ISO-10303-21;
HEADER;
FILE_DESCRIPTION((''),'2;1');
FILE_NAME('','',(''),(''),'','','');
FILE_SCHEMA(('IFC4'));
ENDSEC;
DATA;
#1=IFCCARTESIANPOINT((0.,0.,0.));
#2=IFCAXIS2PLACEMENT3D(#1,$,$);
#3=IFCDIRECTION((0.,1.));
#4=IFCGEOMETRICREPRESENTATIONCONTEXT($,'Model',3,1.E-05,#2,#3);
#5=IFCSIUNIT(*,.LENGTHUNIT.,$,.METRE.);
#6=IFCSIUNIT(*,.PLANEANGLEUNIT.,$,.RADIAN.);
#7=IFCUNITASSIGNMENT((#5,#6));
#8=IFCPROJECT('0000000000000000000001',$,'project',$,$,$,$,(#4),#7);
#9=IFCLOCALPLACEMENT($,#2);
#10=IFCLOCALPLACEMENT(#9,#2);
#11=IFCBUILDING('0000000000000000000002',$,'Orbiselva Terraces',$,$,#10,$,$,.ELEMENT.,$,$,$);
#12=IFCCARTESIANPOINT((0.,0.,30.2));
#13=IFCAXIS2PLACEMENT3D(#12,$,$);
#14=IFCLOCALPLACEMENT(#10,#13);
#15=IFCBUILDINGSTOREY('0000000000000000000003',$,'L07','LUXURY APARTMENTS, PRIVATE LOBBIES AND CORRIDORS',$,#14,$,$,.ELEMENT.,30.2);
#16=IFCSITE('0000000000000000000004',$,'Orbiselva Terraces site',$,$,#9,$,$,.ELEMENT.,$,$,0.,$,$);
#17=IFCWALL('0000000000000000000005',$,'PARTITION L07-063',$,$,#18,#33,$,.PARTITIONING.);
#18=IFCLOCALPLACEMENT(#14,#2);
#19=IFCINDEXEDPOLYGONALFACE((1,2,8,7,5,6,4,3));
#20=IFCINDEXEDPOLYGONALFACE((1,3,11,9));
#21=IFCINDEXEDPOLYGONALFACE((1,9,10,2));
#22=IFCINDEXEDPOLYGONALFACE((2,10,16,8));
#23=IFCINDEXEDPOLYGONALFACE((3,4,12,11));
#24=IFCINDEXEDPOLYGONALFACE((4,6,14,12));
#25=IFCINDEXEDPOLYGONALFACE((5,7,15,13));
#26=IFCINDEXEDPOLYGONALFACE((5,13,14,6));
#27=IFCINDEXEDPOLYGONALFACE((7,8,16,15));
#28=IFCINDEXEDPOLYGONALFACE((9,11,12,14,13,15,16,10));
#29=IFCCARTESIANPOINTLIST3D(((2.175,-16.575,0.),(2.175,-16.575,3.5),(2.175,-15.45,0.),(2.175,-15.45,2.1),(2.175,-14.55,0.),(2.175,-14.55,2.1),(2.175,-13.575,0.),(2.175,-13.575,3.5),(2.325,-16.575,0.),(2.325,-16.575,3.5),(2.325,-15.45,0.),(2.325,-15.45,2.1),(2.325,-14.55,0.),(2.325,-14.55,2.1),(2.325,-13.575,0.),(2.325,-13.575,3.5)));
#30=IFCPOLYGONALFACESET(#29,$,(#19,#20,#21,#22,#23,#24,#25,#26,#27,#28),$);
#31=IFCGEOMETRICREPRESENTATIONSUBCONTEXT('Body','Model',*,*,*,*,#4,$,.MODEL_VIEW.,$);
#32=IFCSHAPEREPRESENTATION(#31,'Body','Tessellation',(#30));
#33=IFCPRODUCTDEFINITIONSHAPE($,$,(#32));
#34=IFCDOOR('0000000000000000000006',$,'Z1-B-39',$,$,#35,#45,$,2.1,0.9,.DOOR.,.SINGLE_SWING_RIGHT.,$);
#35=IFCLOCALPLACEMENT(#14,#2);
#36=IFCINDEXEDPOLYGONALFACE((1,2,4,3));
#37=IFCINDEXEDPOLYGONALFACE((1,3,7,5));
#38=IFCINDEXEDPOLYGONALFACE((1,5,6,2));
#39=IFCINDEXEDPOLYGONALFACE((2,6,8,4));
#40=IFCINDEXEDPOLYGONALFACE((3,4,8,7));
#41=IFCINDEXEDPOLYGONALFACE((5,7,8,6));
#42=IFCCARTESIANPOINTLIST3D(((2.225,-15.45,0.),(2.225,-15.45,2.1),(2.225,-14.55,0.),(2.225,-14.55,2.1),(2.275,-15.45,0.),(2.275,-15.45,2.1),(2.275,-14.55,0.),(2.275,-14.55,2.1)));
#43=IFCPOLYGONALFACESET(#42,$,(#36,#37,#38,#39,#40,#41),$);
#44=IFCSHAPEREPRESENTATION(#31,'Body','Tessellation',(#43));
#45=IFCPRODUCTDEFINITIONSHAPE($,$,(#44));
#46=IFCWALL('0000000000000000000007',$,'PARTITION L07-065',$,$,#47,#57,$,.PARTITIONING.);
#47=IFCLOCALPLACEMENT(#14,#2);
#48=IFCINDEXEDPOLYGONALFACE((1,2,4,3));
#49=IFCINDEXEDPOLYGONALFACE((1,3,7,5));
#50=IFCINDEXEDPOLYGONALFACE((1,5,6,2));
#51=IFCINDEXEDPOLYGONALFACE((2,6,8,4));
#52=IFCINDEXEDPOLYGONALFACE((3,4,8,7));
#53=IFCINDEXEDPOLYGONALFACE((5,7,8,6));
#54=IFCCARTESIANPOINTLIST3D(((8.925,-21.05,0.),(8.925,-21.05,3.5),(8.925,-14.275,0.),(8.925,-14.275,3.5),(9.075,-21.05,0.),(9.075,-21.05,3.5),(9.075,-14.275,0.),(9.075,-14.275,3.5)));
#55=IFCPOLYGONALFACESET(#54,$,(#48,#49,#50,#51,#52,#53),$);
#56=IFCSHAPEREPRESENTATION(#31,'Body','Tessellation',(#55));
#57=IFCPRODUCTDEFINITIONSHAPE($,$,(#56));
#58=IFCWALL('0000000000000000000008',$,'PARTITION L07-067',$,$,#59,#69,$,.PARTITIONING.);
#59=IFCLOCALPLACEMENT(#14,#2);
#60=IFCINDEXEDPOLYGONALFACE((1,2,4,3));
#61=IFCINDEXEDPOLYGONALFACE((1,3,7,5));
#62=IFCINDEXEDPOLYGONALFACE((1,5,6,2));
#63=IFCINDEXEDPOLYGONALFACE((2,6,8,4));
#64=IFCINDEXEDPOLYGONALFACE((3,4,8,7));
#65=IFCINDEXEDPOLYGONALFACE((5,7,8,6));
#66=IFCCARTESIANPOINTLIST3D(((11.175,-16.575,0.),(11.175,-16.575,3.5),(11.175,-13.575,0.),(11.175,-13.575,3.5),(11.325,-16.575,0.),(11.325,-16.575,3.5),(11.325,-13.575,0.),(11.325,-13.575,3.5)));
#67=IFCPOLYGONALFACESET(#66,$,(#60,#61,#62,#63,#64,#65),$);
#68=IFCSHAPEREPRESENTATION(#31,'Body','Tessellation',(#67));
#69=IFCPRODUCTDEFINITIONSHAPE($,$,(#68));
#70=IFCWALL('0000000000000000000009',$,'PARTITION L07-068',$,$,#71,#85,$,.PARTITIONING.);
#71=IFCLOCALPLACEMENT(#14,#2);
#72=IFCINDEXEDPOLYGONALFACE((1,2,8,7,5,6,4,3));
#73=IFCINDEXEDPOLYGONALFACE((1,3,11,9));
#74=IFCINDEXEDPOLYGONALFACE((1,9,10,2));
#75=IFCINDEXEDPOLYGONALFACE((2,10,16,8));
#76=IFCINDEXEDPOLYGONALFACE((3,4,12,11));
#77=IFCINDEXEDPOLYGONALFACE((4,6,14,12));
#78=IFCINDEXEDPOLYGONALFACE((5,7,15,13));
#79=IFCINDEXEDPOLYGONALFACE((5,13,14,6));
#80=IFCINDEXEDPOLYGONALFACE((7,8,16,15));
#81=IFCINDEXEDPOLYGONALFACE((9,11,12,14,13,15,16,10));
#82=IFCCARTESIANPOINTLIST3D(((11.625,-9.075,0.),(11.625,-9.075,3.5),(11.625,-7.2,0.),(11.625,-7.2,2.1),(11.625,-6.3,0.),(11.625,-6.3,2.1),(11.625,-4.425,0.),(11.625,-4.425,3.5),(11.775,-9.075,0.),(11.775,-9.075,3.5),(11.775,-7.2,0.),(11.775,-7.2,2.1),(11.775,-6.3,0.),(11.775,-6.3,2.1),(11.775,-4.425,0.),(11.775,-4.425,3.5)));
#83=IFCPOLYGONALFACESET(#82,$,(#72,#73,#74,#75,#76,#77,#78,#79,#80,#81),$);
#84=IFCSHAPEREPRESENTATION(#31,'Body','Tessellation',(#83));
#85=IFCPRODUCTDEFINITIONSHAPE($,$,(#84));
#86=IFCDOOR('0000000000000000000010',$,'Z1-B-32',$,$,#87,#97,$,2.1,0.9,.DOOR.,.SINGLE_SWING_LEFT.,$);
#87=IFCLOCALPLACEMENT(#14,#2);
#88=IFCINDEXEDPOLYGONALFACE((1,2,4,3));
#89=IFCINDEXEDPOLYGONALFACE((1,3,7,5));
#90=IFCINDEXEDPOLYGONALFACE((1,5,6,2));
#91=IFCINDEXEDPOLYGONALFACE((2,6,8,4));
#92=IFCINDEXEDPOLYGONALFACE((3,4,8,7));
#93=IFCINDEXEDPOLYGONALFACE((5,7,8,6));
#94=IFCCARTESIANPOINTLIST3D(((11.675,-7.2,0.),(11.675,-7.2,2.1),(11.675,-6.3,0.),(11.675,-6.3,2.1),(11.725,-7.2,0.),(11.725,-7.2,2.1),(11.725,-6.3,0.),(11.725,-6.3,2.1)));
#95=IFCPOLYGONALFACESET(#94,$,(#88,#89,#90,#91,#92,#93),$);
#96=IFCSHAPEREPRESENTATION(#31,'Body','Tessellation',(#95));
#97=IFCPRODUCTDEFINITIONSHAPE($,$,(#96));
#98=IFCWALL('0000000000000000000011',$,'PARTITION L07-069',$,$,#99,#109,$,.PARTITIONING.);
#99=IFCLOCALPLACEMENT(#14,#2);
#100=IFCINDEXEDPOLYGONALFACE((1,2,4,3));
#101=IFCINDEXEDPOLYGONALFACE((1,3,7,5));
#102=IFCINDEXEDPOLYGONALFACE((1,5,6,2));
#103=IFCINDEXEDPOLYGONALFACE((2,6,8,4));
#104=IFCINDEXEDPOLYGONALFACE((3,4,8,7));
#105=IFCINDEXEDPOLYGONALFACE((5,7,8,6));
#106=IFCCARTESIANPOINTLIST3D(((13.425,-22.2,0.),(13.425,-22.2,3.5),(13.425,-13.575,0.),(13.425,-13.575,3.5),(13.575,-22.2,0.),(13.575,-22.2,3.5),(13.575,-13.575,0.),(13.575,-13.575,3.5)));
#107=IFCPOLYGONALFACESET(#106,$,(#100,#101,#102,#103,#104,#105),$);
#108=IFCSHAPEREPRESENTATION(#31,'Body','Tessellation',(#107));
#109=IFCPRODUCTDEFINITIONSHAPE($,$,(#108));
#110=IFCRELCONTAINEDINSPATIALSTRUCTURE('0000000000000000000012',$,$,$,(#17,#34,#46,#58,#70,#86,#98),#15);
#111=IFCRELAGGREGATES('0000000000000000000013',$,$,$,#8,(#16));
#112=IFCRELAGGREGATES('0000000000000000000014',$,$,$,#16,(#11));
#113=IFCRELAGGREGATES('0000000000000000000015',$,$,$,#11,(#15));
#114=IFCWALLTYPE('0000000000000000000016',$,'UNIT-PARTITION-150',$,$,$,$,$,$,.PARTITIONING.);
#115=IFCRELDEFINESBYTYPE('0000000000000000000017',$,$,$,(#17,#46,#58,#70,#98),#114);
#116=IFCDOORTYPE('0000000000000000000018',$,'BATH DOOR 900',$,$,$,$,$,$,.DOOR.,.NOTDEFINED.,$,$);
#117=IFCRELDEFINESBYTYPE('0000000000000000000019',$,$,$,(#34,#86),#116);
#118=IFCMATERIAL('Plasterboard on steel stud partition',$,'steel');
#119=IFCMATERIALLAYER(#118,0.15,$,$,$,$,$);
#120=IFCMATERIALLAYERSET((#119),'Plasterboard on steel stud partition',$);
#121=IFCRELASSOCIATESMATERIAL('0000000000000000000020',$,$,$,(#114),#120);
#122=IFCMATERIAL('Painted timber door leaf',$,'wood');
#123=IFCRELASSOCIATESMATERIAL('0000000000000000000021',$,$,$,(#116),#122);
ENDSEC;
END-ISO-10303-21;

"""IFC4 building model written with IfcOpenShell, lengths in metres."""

from ifc_helpers import new_model, si_unit, direction, frame, frame_2d, origin, place, context, subcontext, project, spatial, rectangle, extrude, material, layer, layer_set, type_object, element, fill, save


model = new_model("IFC4")

# Units and contexts
model_context = context("Model", 3, precision=1e-05, world=origin(), true_north=direction((0.0, 1.0)))
body_context = subcontext(model_context, "Body", "Model", "MODEL_VIEW")
ifc_project = project(units=[si_unit("LENGTHUNIT", "METRE"), si_unit("PLANEANGLEUNIT", "RADIAN")], contexts=[model_context])

# Site, building, storey
site_placement = place(None, origin())
site = spatial("IfcSite", under=ifc_project, at=site_placement, Name="Orbiselva Terraces site", CompositionType="ELEMENT", RefElevation=0.0)
building_placement = place(site_placement, origin())
building = spatial("IfcBuilding", under=site, at=building_placement, Name="Orbiselva Terraces", CompositionType="ELEMENT")
storey_placement = place(building_placement, frame((0.0, 0.0, 30.2)))
storey = spatial("IfcBuildingStorey", under=building, at=storey_placement, Name="L07", Description="LUXURY APARTMENTS, PRIVATE LOBBIES AND CORRIDORS", CompositionType="ELEMENT", Elevation=30.2)

# Shared definitions
ifc_material_1 = material(Name="Plasterboard on steel stud partition", Category="steel")
ifc_layer_1 = layer(ifc_material_1, 0.15)
ifc_layer_set_1 = layer_set([ifc_layer_1], Name="Plasterboard on steel stud partition")
wall_type_1 = type_object("IfcWallType", Name="UNIT-PARTITION-150", PredefinedType="PARTITIONING", material=ifc_layer_set_1)

# Shared definitions
ifc_material_2 = material(Name="Painted timber door leaf", Category="wood")
door_type_1 = type_object("IfcDoorType", Name="BATH DOOR 900", OperationType="NOTDEFINED", PredefinedType="DOOR", material=ifc_material_2)

# Wall, opening, door
wall_1_placement = place(storey_placement, frame((2.25, -16.575, 0.0), z_axis=(0.0, 0.0, 1.0), x_axis=(0.0, 1.0, 0.0)))
wall_1 = element("IfcWall", 1, at=wall_1_placement, inside=storey, type_object=wall_type_1, Name="PARTITION L07-063", PredefinedType="PARTITIONING", context=body_context, shape_type="SweptSolid", body=[
    extrude(rectangle(XDim=3.0, YDim=0.15, at=frame_2d((1.5, 0.0))), origin(), (0.0, 0.0, 1.0), 3.5),
])
opening_1_placement = place(wall_1_placement, frame((1.125, 0.0, 0.0)))
opening_1 = element("IfcOpeningElement", 2, at=opening_1_placement, cuts=wall_1, PredefinedType="OPENING", context=body_context, shape_type="SweptSolid", body=[
    extrude(rectangle(XDim=0.9, YDim=2.1, at=frame_2d((0.45, 1.05))), frame((0.0, 0.085, 0.0), z_axis=(0.0, -1.0, 0.0), x_axis=(1.0, 0.0, 0.0)), (0.0, 0.0, 1.0), 0.17),
])
door_1_placement = place(opening_1_placement, origin())
door_1 = element("IfcDoor", 3, at=door_1_placement, inside=storey, type_object=door_type_1, Name="Z1-B-39", OperationType="SINGLE_SWING_RIGHT", OverallHeight=2.1, OverallWidth=0.9, PredefinedType="DOOR", context=body_context, shape_type="SweptSolid", body=[
    extrude(rectangle(XDim=0.9, YDim=2.1, at=frame_2d((0.45, 1.05))), frame((0.0, 0.025, 0.0), z_axis=(0.0, -1.0, 0.0), x_axis=(1.0, 0.0, 0.0)), (0.0, 0.0, 1.0), 0.05),
])
fill(opening_1, door_1)

# Walls
wall_2_placement = place(storey_placement, frame((9.0, -21.05, 0.0), z_axis=(0.0, 0.0, 1.0), x_axis=(0.0, 1.0, 0.0)))
element("IfcWall", 4, at=wall_2_placement, inside=storey, type_object=wall_type_1, Name="PARTITION L07-065", PredefinedType="PARTITIONING", context=body_context, shape_type="SweptSolid", body=[
    extrude(rectangle(XDim=6.775, YDim=0.15, at=frame_2d((3.3875, 0.0))), origin(), (0.0, 0.0, 1.0), 3.5),
])
wall_3_placement = place(storey_placement, frame((11.25, -16.575, 0.0), z_axis=(0.0, 0.0, 1.0), x_axis=(0.0, 1.0, 0.0)))
element("IfcWall", 5, at=wall_3_placement, inside=storey, type_object=wall_type_1, Name="PARTITION L07-067", PredefinedType="PARTITIONING", context=body_context, shape_type="SweptSolid", body=[
    extrude(rectangle(XDim=3.0, YDim=0.15, at=frame_2d((1.5, 0.0))), origin(), (0.0, 0.0, 1.0), 3.5),
])

# Wall, opening, door
wall_4_placement = place(storey_placement, frame((11.7, -9.075, 0.0), z_axis=(0.0, 0.0, 1.0), x_axis=(0.0, 1.0, 0.0)))
wall_4 = element("IfcWall", 6, at=wall_4_placement, inside=storey, type_object=wall_type_1, Name="PARTITION L07-068", PredefinedType="PARTITIONING", context=body_context, shape_type="SweptSolid", body=[
    extrude(rectangle(XDim=4.65, YDim=0.15, at=frame_2d((2.325, 0.0))), origin(), (0.0, 0.0, 1.0), 3.5),
])
opening_2_placement = place(wall_4_placement, frame((1.875, 0.0, 0.0)))
opening_2 = element("IfcOpeningElement", 7, at=opening_2_placement, cuts=wall_4, PredefinedType="OPENING", context=body_context, shape_type="SweptSolid", body=[
    extrude(rectangle(XDim=0.9, YDim=2.1, at=frame_2d((0.45, 1.05))), frame((0.0, 0.085, 0.0), z_axis=(0.0, -1.0, 0.0), x_axis=(1.0, 0.0, 0.0)), (0.0, 0.0, 1.0), 0.17),
])
door_2_placement = place(opening_2_placement, origin())
door_2 = element("IfcDoor", 8, at=door_2_placement, inside=storey, type_object=door_type_1, Name="Z1-B-32", OperationType="SINGLE_SWING_LEFT", OverallHeight=2.1, OverallWidth=0.9, PredefinedType="DOOR", context=body_context, shape_type="SweptSolid", body=[
    extrude(rectangle(XDim=0.9, YDim=2.1, at=frame_2d((0.45, 1.05))), frame((0.0, 0.025, 0.0), z_axis=(0.0, -1.0, 0.0), x_axis=(1.0, 0.0, 0.0)), (0.0, 0.0, 1.0), 0.05),
])
fill(opening_2, door_2)

# Wall
wall_5_placement = place(storey_placement, frame((13.5, -22.2, 0.0), z_axis=(0.0, 0.0, 1.0), x_axis=(0.0, 1.0, 0.0)))
element("IfcWall", 9, at=wall_5_placement, inside=storey, type_object=wall_type_1, Name="PARTITION L07-069", PredefinedType="PARTITIONING", context=body_context, shape_type="SweptSolid", body=[
    extrude(rectangle(XDim=8.625, YDim=0.15, at=frame_2d((4.3125, 0.0))), origin(), (0.0, 0.0, 1.0), 3.5),
])

save(model, "model.ifc")
